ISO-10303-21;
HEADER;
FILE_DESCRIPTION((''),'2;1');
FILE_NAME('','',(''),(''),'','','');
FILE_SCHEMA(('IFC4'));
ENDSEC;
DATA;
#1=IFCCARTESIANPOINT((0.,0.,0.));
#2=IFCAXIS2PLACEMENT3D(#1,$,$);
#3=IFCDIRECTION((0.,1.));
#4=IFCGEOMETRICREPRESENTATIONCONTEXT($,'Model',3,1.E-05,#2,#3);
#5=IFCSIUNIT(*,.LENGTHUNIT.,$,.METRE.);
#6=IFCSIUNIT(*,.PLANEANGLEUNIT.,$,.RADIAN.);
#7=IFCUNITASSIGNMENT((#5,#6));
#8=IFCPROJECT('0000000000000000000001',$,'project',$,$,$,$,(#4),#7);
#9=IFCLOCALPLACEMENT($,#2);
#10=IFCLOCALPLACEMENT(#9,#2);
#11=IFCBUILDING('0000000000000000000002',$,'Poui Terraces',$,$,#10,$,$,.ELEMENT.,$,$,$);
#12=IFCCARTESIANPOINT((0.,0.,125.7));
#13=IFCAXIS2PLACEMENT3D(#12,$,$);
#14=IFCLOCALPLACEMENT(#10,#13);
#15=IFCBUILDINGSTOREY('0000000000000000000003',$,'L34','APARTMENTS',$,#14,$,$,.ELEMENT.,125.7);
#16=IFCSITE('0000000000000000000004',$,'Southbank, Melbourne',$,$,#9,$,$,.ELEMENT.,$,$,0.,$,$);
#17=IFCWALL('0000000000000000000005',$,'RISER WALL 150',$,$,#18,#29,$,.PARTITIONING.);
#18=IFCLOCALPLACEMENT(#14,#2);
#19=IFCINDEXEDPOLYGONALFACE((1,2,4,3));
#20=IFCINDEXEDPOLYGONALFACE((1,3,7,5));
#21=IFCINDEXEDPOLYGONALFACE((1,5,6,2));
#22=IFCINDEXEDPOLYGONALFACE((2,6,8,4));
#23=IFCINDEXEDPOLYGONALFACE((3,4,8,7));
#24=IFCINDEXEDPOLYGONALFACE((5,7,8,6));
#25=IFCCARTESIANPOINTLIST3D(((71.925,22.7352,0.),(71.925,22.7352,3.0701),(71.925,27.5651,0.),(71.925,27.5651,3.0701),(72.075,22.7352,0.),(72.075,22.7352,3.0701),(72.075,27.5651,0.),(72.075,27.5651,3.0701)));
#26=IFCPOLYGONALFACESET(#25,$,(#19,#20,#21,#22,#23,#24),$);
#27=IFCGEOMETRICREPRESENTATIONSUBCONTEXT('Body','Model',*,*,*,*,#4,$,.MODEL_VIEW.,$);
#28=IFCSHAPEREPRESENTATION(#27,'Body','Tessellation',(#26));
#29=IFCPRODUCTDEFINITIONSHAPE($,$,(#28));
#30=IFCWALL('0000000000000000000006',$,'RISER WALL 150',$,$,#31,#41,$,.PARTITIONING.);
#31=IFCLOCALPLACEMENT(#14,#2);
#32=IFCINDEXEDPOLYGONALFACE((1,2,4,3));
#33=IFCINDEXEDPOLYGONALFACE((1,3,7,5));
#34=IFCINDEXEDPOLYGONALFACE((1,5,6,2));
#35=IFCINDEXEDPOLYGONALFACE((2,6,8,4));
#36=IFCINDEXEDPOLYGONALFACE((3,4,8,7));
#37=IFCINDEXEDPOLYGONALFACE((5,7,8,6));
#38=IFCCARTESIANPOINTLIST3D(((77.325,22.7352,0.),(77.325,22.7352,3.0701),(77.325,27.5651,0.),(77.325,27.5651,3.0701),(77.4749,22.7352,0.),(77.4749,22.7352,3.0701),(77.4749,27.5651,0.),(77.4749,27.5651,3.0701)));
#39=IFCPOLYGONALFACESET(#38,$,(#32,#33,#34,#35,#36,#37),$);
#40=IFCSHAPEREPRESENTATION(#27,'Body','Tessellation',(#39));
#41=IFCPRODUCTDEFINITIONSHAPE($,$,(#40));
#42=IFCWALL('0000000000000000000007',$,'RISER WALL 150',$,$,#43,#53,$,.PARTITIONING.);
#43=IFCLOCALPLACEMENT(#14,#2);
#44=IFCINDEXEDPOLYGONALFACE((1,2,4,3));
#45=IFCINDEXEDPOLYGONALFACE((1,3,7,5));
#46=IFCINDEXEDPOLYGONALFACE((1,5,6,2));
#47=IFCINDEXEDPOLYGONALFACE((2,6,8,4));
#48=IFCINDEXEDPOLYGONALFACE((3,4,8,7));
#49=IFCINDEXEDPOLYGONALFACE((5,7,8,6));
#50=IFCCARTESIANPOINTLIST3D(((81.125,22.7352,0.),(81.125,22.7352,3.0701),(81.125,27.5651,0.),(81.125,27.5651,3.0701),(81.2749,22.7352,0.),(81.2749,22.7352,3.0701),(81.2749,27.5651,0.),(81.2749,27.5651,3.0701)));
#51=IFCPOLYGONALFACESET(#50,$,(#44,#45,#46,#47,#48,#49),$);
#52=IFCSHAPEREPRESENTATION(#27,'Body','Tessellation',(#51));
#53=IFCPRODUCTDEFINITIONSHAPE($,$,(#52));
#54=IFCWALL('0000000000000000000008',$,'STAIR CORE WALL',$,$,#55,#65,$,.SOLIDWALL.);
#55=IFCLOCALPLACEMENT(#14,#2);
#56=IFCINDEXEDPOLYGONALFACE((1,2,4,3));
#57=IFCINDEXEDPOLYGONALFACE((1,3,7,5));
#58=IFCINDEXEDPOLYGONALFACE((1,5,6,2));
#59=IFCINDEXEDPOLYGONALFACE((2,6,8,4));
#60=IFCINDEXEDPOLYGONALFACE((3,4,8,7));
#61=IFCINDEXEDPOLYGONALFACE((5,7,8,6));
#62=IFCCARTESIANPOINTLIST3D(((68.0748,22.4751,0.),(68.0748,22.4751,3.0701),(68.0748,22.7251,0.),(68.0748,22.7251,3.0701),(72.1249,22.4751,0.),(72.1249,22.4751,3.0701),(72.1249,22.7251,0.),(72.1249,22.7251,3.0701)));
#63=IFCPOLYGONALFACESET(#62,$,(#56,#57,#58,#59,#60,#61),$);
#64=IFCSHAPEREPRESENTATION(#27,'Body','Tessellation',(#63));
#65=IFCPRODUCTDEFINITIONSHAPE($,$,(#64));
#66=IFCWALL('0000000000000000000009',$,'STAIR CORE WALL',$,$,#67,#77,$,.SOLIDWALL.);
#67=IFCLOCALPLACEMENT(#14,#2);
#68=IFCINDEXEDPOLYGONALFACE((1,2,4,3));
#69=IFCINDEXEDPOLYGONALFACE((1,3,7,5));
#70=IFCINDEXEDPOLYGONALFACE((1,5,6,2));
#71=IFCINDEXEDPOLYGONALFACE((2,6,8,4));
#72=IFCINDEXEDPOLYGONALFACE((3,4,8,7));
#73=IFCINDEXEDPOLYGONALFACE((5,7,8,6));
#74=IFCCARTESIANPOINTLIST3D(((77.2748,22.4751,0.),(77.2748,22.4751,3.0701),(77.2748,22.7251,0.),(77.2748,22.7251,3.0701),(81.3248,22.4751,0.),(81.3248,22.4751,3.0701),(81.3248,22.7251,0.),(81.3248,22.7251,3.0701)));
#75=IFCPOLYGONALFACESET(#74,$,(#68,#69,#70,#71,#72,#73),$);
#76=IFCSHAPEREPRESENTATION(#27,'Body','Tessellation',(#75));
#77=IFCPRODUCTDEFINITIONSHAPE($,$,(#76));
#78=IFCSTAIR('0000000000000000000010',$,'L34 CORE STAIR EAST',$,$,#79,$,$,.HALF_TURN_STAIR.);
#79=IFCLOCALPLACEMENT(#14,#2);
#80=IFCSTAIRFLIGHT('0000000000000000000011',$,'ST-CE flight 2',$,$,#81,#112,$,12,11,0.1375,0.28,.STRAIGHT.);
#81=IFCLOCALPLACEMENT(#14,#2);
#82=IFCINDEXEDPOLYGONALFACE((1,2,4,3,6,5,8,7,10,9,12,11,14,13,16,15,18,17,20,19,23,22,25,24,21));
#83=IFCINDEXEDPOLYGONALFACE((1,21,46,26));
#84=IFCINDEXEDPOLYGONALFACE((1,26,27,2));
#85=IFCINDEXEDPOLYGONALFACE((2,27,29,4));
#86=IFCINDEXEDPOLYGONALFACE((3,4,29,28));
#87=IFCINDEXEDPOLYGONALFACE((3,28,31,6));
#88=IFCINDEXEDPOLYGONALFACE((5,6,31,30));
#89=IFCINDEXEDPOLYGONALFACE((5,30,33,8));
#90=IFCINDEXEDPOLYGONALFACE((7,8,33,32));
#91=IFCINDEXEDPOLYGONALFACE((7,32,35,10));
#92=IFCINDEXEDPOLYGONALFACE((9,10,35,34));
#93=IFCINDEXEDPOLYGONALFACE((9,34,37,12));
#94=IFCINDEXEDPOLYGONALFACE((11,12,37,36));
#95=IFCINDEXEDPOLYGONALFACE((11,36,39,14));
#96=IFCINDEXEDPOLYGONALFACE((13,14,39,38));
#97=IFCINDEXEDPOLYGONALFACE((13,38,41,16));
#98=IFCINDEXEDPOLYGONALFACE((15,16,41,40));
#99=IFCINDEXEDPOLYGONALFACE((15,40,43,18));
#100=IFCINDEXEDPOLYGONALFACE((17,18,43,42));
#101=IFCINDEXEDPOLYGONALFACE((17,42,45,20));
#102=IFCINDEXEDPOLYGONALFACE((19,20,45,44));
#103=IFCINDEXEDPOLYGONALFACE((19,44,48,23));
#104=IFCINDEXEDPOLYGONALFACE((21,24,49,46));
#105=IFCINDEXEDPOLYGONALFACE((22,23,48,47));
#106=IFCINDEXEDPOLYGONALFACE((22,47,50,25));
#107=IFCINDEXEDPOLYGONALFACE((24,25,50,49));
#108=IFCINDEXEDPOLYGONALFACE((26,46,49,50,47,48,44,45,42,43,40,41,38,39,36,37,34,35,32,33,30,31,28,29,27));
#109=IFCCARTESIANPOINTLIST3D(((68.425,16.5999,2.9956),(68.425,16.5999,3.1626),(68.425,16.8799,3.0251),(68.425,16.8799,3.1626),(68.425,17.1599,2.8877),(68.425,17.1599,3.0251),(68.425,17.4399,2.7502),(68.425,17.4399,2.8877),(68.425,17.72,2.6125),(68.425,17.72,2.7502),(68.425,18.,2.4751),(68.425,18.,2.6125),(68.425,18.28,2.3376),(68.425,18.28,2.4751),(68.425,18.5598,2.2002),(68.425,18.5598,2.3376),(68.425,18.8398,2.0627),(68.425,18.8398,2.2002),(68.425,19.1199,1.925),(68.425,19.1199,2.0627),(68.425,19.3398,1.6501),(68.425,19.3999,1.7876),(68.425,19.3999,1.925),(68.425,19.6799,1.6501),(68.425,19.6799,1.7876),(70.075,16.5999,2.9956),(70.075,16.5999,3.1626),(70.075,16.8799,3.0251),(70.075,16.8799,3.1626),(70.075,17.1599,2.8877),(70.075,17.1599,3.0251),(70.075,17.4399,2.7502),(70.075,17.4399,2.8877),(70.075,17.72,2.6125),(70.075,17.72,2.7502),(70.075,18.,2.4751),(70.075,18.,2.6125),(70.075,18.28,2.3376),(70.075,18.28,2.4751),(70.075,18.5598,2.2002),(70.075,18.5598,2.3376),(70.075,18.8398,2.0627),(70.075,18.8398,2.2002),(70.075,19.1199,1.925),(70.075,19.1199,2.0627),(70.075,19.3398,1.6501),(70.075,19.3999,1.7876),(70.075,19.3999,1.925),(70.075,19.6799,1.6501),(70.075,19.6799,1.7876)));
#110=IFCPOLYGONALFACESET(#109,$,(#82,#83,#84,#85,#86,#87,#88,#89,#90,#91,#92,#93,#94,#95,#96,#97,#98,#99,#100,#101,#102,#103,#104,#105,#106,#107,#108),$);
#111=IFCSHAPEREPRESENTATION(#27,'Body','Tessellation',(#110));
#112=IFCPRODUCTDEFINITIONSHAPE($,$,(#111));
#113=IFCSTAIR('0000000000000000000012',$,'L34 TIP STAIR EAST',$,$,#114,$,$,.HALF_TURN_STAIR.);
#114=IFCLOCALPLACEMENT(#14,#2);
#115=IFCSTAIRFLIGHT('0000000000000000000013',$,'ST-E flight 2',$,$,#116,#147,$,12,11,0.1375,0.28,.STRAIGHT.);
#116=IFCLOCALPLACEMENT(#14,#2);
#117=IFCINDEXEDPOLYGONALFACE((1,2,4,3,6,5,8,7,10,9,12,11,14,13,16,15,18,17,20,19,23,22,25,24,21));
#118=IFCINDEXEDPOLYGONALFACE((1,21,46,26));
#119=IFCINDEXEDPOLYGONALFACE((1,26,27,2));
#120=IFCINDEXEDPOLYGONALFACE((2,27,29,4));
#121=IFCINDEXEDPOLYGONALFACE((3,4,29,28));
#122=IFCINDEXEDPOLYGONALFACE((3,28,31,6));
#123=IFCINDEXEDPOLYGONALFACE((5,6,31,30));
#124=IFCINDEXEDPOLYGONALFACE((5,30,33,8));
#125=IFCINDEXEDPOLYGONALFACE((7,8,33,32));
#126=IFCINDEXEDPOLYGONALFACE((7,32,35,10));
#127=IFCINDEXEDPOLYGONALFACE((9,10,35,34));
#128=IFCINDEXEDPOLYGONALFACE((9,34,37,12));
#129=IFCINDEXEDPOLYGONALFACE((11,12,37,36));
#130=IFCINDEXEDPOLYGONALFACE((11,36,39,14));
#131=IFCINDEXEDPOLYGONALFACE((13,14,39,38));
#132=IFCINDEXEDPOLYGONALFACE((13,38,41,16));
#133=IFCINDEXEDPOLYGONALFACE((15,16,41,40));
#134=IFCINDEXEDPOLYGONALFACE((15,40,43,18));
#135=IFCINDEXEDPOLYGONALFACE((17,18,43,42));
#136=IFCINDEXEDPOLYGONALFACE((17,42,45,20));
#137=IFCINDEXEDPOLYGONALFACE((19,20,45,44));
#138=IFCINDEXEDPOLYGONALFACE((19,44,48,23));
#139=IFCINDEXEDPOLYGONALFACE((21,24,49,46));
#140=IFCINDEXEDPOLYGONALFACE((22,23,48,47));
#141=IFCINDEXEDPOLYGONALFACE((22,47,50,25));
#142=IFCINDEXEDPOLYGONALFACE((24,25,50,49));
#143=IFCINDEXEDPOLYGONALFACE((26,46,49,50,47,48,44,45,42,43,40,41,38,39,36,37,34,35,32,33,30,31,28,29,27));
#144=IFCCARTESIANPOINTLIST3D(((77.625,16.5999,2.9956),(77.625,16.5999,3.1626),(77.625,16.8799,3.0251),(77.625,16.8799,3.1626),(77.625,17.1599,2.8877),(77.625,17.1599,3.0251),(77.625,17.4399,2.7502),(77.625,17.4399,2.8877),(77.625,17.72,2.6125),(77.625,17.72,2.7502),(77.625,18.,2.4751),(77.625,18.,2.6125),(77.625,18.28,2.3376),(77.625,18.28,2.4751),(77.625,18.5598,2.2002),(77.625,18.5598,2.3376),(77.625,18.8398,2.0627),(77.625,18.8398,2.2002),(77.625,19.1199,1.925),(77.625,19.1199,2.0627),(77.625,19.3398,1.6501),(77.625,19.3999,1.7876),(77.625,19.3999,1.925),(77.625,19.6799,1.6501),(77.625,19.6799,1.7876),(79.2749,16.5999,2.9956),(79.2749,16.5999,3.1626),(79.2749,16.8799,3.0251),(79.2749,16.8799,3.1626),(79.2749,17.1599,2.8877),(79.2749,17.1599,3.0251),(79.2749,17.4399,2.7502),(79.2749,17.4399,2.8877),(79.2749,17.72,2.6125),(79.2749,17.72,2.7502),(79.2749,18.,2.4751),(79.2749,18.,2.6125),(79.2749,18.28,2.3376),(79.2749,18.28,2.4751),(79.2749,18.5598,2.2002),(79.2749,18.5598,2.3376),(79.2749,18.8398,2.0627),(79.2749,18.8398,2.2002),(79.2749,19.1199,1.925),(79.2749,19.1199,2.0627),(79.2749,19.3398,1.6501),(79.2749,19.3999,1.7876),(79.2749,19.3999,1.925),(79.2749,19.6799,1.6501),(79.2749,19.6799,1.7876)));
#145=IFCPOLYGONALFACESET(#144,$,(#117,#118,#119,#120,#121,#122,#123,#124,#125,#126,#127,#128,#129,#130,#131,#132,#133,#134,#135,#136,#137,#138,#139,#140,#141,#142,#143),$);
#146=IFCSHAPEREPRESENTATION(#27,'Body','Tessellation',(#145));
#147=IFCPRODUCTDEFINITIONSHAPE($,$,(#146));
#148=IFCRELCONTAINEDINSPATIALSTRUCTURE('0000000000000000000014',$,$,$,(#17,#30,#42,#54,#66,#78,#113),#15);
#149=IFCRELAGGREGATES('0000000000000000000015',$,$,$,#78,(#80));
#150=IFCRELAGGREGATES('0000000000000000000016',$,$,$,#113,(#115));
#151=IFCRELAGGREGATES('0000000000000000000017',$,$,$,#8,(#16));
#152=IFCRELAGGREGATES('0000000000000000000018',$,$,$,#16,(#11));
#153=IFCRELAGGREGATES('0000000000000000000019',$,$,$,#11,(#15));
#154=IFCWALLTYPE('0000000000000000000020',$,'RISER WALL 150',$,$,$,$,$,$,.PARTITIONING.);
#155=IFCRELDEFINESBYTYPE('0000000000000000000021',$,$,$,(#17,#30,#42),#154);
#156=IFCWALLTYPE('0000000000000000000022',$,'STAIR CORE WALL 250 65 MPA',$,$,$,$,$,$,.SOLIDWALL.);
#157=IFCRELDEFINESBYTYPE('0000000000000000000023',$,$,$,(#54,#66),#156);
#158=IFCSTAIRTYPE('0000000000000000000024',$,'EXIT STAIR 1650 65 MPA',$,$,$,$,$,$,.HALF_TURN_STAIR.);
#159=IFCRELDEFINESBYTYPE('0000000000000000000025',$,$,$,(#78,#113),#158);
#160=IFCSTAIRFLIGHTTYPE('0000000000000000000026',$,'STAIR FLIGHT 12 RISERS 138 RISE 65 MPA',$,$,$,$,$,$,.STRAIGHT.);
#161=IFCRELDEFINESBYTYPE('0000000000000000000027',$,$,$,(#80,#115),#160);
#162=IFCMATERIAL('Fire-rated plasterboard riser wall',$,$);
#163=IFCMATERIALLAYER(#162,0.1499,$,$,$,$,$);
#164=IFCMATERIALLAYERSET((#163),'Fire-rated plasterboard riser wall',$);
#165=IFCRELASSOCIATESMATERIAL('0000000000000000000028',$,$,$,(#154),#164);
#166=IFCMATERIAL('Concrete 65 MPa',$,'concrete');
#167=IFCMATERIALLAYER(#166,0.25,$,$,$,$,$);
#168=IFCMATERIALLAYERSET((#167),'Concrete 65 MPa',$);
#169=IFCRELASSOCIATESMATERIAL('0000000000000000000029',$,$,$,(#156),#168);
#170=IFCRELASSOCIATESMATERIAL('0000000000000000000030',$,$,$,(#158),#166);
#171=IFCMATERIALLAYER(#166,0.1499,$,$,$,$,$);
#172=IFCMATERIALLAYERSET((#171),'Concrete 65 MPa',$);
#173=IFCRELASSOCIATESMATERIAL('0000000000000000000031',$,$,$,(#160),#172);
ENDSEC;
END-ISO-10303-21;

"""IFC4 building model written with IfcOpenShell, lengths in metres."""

from ifc_helpers import new_model, si_unit, direction, frame, frame_2d, origin, place, context, subcontext, project, spatial, polyline, rectangle, outline, extrude, material, layer, layer_set, type_object, element, aggregate, save


model = new_model("IFC4")

# Units and contexts
model_context = context("Model", 3, precision=1e-05, world=origin(), true_north=direction((0.0, 1.0)))
body_context = subcontext(model_context, "Body", "Model", "MODEL_VIEW")
ifc_project = project(units=[si_unit("LENGTHUNIT", "METRE"), si_unit("PLANEANGLEUNIT", "RADIAN")], contexts=[model_context])

# Site, building, storey
site_placement = place(None, origin())
site = spatial("IfcSite", under=ifc_project, at=site_placement, Name="Southbank, Melbourne", CompositionType="ELEMENT", RefElevation=0.0)
building_placement = place(site_placement, origin())
building = spatial("IfcBuilding", under=site, at=building_placement, Name="Poui Terraces", CompositionType="ELEMENT")
storey_placement = place(building_placement, frame((0.0, 0.0, 125.7)))
storey = spatial("IfcBuildingStorey", under=building, at=storey_placement, Name="L34", Description="APARTMENTS", CompositionType="ELEMENT", Elevation=125.7)

# Shared definitions
ifc_material_1 = material(Name="Concrete 65 MPa", Category="concrete")

# Walls
ifc_material_2 = material(Name="Fire-rated plasterboard riser wall")
ifc_layer_1 = layer(ifc_material_2, 0.1499)
ifc_layer_set_1 = layer_set([ifc_layer_1], Name="Fire-rated plasterboard riser wall")
wall_type_1 = type_object("IfcWallType", Name="RISER WALL 150", PredefinedType="PARTITIONING", material=ifc_layer_set_1)
for number, where, z_axis, x_axis, name in (
    (1, (72.0, 22.7351, 0.0), (0.0, 0.0, 1.0), (0.0, 1.0, 0.0), "RISER WALL 150"),
    (2, (77.3999, 22.7351, 0.0), (0.0, 0.0, 1.0), (0.0, 1.0, 0.0), "RISER WALL 150"),
    (3, (81.2, 22.7351, 0.0), (0.0, 0.0, 1.0), (0.0, 1.0, 0.0), "RISER WALL 150"),
):
    element("IfcWall", number, at=place(storey_placement, frame(where, z_axis=z_axis, x_axis=x_axis)), inside=storey, type_object=wall_type_1, Name=name, PredefinedType="PARTITIONING", context=body_context, shape_type="SweptSolid", body=[
        extrude(rectangle(XDim=4.8298, YDim=0.1499, at=frame_2d((2.415, 0.0))), origin(), (0.0, 0.0, 1.0), 3.0701),
    ])
ifc_layer_2 = layer(ifc_material_1, 0.25)
ifc_layer_set_2 = layer_set([ifc_layer_2], Name="Concrete 65 MPa")
wall_type_2 = type_object("IfcWallType", Name="STAIR CORE WALL 250 65 MPA", PredefinedType="SOLIDWALL", material=ifc_layer_set_2)
for number, where, z_axis, x_axis, name in (
    (4, (68.075, 22.6001, 0.0), (0.0, 0.0, 1.0), (1.0, 0.0, 0.0), "STAIR CORE WALL"),
    (5, (77.2749, 22.6001, 0.0), (0.0, 0.0, 1.0), (1.0, 0.0, 0.0), "STAIR CORE WALL"),
):
    element("IfcWall", number, at=place(storey_placement, frame(where, z_axis=z_axis, x_axis=x_axis)), inside=storey, type_object=wall_type_2, Name=name, PredefinedType="SOLIDWALL", context=body_context, shape_type="SweptSolid", body=[
        extrude(rectangle(XDim=4.05, YDim=0.25, at=frame_2d((2.0249, 0.0))), origin(), (0.0, 0.0, 1.0), 3.0701),
    ])

# Stairs, stair flights
stair_type = type_object("IfcStairType", Name="EXIT STAIR 1650 65 MPA", PredefinedType="HALF_TURN_STAIR", material=ifc_material_1)
stair_1_placement = place(storey_placement, origin())
stair_1 = element("IfcStair", 6, at=stair_1_placement, inside=storey, type_object=stair_type, Name="L34 CORE STAIR EAST", PredefinedType="HALF_TURN_STAIR")
ifc_layer_3 = layer(ifc_material_1, 0.1499)
ifc_layer_set_3 = layer_set([ifc_layer_3], Name="Concrete 65 MPa")
stair_flight_type = type_object("IfcStairFlightType", Name="STAIR FLIGHT 12 RISERS 138 RISE 65 MPA", PredefinedType="STRAIGHT", material=ifc_layer_set_3)
stair_flight_1_placement = place(storey_placement, frame((69.25, 19.6799, 1.6501), z_axis=(0.0, 0.0, 1.0), x_axis=(0.0, -1.0, 0.0)))
stair_flight_1 = element("IfcStairFlight", 7, at=stair_flight_1_placement, type_object=stair_flight_type, Name="ST-CE flight 2", NumberOfRisers=12, NumberOfTreads=11, PredefinedType="STRAIGHT", RiserHeight=0.1375, TreadLength=0.28, context=body_context, shape_type="SweptSolid", body=[
    extrude(outline(polyline([(0.0, 0.0), (0.0, 0.1375), (0.28, 0.1375), (0.28, 0.2749), (0.5601, 0.2749), (0.5601, 0.4126), (0.8401, 0.4126), (0.8401, 0.55), (1.1201, 0.55), (1.1201, 0.6875), (1.3999, 0.6875), (1.3999, 0.825), (1.6799, 0.825), (1.6799, 0.9624), (1.96, 0.9624), (1.96, 1.1001), (2.24, 1.1001), (2.24, 1.2375), (2.52, 1.2375), (2.52, 1.375), (2.8, 1.375), (2.8, 1.5125), (3.0801, 1.5125), (3.0801, 1.6499), (3.0801, 1.3455), (0.3401, 0.0), (0.0, 0.0)])), frame((0.0, 0.825, 0.0), z_axis=(0.0, -1.0, 0.0), x_axis=(1.0, 0.0, 0.0)), (0.0, 0.0, 1.0), 1.6499),
])
aggregate(stair_1, [stair_flight_1])
stair_2_placement = place(storey_placement, origin())
stair_2 = element("IfcStair", 8, at=stair_2_placement, inside=storey, type_object=stair_type, Name="L34 TIP STAIR EAST", PredefinedType="HALF_TURN_STAIR")
stair_flight_2_placement = place(storey_placement, frame((78.45, 19.6799, 1.6501), z_axis=(0.0, 0.0, 1.0), x_axis=(0.0, -1.0, 0.0)))
stair_flight_2 = element("IfcStairFlight", 9, at=stair_flight_2_placement, type_object=stair_flight_type, Name="ST-E flight 2", NumberOfRisers=12, NumberOfTreads=11, PredefinedType="STRAIGHT", RiserHeight=0.1375, TreadLength=0.28, context=body_context, shape_type="SweptSolid", body=[
    extrude(outline(polyline([(0.0, 0.0), (0.0, 0.1375), (0.28, 0.1375), (0.28, 0.2749), (0.5601, 0.2749), (0.5601, 0.4126), (0.8401, 0.4126), (0.8401, 0.55), (1.1201, 0.55), (1.1201, 0.6875), (1.3999, 0.6875), (1.3999, 0.825), (1.6799, 0.825), (1.6799, 0.9624), (1.96, 0.9624), (1.96, 1.1001), (2.24, 1.1001), (2.24, 1.2375), (2.52, 1.2375), (2.52, 1.375), (2.8, 1.375), (2.8, 1.5125), (3.0801, 1.5125), (3.0801, 1.6499), (3.0801, 1.3455), (0.3401, 0.0), (0.0, 0.0)])), frame((0.0, 0.825, 0.0), z_axis=(0.0, -1.0, 0.0), x_axis=(1.0, 0.0, 0.0)), (0.0, 0.0, 1.0), 1.6499),
])
aggregate(stair_2, [stair_flight_2])

save(model, "model.ifc")
